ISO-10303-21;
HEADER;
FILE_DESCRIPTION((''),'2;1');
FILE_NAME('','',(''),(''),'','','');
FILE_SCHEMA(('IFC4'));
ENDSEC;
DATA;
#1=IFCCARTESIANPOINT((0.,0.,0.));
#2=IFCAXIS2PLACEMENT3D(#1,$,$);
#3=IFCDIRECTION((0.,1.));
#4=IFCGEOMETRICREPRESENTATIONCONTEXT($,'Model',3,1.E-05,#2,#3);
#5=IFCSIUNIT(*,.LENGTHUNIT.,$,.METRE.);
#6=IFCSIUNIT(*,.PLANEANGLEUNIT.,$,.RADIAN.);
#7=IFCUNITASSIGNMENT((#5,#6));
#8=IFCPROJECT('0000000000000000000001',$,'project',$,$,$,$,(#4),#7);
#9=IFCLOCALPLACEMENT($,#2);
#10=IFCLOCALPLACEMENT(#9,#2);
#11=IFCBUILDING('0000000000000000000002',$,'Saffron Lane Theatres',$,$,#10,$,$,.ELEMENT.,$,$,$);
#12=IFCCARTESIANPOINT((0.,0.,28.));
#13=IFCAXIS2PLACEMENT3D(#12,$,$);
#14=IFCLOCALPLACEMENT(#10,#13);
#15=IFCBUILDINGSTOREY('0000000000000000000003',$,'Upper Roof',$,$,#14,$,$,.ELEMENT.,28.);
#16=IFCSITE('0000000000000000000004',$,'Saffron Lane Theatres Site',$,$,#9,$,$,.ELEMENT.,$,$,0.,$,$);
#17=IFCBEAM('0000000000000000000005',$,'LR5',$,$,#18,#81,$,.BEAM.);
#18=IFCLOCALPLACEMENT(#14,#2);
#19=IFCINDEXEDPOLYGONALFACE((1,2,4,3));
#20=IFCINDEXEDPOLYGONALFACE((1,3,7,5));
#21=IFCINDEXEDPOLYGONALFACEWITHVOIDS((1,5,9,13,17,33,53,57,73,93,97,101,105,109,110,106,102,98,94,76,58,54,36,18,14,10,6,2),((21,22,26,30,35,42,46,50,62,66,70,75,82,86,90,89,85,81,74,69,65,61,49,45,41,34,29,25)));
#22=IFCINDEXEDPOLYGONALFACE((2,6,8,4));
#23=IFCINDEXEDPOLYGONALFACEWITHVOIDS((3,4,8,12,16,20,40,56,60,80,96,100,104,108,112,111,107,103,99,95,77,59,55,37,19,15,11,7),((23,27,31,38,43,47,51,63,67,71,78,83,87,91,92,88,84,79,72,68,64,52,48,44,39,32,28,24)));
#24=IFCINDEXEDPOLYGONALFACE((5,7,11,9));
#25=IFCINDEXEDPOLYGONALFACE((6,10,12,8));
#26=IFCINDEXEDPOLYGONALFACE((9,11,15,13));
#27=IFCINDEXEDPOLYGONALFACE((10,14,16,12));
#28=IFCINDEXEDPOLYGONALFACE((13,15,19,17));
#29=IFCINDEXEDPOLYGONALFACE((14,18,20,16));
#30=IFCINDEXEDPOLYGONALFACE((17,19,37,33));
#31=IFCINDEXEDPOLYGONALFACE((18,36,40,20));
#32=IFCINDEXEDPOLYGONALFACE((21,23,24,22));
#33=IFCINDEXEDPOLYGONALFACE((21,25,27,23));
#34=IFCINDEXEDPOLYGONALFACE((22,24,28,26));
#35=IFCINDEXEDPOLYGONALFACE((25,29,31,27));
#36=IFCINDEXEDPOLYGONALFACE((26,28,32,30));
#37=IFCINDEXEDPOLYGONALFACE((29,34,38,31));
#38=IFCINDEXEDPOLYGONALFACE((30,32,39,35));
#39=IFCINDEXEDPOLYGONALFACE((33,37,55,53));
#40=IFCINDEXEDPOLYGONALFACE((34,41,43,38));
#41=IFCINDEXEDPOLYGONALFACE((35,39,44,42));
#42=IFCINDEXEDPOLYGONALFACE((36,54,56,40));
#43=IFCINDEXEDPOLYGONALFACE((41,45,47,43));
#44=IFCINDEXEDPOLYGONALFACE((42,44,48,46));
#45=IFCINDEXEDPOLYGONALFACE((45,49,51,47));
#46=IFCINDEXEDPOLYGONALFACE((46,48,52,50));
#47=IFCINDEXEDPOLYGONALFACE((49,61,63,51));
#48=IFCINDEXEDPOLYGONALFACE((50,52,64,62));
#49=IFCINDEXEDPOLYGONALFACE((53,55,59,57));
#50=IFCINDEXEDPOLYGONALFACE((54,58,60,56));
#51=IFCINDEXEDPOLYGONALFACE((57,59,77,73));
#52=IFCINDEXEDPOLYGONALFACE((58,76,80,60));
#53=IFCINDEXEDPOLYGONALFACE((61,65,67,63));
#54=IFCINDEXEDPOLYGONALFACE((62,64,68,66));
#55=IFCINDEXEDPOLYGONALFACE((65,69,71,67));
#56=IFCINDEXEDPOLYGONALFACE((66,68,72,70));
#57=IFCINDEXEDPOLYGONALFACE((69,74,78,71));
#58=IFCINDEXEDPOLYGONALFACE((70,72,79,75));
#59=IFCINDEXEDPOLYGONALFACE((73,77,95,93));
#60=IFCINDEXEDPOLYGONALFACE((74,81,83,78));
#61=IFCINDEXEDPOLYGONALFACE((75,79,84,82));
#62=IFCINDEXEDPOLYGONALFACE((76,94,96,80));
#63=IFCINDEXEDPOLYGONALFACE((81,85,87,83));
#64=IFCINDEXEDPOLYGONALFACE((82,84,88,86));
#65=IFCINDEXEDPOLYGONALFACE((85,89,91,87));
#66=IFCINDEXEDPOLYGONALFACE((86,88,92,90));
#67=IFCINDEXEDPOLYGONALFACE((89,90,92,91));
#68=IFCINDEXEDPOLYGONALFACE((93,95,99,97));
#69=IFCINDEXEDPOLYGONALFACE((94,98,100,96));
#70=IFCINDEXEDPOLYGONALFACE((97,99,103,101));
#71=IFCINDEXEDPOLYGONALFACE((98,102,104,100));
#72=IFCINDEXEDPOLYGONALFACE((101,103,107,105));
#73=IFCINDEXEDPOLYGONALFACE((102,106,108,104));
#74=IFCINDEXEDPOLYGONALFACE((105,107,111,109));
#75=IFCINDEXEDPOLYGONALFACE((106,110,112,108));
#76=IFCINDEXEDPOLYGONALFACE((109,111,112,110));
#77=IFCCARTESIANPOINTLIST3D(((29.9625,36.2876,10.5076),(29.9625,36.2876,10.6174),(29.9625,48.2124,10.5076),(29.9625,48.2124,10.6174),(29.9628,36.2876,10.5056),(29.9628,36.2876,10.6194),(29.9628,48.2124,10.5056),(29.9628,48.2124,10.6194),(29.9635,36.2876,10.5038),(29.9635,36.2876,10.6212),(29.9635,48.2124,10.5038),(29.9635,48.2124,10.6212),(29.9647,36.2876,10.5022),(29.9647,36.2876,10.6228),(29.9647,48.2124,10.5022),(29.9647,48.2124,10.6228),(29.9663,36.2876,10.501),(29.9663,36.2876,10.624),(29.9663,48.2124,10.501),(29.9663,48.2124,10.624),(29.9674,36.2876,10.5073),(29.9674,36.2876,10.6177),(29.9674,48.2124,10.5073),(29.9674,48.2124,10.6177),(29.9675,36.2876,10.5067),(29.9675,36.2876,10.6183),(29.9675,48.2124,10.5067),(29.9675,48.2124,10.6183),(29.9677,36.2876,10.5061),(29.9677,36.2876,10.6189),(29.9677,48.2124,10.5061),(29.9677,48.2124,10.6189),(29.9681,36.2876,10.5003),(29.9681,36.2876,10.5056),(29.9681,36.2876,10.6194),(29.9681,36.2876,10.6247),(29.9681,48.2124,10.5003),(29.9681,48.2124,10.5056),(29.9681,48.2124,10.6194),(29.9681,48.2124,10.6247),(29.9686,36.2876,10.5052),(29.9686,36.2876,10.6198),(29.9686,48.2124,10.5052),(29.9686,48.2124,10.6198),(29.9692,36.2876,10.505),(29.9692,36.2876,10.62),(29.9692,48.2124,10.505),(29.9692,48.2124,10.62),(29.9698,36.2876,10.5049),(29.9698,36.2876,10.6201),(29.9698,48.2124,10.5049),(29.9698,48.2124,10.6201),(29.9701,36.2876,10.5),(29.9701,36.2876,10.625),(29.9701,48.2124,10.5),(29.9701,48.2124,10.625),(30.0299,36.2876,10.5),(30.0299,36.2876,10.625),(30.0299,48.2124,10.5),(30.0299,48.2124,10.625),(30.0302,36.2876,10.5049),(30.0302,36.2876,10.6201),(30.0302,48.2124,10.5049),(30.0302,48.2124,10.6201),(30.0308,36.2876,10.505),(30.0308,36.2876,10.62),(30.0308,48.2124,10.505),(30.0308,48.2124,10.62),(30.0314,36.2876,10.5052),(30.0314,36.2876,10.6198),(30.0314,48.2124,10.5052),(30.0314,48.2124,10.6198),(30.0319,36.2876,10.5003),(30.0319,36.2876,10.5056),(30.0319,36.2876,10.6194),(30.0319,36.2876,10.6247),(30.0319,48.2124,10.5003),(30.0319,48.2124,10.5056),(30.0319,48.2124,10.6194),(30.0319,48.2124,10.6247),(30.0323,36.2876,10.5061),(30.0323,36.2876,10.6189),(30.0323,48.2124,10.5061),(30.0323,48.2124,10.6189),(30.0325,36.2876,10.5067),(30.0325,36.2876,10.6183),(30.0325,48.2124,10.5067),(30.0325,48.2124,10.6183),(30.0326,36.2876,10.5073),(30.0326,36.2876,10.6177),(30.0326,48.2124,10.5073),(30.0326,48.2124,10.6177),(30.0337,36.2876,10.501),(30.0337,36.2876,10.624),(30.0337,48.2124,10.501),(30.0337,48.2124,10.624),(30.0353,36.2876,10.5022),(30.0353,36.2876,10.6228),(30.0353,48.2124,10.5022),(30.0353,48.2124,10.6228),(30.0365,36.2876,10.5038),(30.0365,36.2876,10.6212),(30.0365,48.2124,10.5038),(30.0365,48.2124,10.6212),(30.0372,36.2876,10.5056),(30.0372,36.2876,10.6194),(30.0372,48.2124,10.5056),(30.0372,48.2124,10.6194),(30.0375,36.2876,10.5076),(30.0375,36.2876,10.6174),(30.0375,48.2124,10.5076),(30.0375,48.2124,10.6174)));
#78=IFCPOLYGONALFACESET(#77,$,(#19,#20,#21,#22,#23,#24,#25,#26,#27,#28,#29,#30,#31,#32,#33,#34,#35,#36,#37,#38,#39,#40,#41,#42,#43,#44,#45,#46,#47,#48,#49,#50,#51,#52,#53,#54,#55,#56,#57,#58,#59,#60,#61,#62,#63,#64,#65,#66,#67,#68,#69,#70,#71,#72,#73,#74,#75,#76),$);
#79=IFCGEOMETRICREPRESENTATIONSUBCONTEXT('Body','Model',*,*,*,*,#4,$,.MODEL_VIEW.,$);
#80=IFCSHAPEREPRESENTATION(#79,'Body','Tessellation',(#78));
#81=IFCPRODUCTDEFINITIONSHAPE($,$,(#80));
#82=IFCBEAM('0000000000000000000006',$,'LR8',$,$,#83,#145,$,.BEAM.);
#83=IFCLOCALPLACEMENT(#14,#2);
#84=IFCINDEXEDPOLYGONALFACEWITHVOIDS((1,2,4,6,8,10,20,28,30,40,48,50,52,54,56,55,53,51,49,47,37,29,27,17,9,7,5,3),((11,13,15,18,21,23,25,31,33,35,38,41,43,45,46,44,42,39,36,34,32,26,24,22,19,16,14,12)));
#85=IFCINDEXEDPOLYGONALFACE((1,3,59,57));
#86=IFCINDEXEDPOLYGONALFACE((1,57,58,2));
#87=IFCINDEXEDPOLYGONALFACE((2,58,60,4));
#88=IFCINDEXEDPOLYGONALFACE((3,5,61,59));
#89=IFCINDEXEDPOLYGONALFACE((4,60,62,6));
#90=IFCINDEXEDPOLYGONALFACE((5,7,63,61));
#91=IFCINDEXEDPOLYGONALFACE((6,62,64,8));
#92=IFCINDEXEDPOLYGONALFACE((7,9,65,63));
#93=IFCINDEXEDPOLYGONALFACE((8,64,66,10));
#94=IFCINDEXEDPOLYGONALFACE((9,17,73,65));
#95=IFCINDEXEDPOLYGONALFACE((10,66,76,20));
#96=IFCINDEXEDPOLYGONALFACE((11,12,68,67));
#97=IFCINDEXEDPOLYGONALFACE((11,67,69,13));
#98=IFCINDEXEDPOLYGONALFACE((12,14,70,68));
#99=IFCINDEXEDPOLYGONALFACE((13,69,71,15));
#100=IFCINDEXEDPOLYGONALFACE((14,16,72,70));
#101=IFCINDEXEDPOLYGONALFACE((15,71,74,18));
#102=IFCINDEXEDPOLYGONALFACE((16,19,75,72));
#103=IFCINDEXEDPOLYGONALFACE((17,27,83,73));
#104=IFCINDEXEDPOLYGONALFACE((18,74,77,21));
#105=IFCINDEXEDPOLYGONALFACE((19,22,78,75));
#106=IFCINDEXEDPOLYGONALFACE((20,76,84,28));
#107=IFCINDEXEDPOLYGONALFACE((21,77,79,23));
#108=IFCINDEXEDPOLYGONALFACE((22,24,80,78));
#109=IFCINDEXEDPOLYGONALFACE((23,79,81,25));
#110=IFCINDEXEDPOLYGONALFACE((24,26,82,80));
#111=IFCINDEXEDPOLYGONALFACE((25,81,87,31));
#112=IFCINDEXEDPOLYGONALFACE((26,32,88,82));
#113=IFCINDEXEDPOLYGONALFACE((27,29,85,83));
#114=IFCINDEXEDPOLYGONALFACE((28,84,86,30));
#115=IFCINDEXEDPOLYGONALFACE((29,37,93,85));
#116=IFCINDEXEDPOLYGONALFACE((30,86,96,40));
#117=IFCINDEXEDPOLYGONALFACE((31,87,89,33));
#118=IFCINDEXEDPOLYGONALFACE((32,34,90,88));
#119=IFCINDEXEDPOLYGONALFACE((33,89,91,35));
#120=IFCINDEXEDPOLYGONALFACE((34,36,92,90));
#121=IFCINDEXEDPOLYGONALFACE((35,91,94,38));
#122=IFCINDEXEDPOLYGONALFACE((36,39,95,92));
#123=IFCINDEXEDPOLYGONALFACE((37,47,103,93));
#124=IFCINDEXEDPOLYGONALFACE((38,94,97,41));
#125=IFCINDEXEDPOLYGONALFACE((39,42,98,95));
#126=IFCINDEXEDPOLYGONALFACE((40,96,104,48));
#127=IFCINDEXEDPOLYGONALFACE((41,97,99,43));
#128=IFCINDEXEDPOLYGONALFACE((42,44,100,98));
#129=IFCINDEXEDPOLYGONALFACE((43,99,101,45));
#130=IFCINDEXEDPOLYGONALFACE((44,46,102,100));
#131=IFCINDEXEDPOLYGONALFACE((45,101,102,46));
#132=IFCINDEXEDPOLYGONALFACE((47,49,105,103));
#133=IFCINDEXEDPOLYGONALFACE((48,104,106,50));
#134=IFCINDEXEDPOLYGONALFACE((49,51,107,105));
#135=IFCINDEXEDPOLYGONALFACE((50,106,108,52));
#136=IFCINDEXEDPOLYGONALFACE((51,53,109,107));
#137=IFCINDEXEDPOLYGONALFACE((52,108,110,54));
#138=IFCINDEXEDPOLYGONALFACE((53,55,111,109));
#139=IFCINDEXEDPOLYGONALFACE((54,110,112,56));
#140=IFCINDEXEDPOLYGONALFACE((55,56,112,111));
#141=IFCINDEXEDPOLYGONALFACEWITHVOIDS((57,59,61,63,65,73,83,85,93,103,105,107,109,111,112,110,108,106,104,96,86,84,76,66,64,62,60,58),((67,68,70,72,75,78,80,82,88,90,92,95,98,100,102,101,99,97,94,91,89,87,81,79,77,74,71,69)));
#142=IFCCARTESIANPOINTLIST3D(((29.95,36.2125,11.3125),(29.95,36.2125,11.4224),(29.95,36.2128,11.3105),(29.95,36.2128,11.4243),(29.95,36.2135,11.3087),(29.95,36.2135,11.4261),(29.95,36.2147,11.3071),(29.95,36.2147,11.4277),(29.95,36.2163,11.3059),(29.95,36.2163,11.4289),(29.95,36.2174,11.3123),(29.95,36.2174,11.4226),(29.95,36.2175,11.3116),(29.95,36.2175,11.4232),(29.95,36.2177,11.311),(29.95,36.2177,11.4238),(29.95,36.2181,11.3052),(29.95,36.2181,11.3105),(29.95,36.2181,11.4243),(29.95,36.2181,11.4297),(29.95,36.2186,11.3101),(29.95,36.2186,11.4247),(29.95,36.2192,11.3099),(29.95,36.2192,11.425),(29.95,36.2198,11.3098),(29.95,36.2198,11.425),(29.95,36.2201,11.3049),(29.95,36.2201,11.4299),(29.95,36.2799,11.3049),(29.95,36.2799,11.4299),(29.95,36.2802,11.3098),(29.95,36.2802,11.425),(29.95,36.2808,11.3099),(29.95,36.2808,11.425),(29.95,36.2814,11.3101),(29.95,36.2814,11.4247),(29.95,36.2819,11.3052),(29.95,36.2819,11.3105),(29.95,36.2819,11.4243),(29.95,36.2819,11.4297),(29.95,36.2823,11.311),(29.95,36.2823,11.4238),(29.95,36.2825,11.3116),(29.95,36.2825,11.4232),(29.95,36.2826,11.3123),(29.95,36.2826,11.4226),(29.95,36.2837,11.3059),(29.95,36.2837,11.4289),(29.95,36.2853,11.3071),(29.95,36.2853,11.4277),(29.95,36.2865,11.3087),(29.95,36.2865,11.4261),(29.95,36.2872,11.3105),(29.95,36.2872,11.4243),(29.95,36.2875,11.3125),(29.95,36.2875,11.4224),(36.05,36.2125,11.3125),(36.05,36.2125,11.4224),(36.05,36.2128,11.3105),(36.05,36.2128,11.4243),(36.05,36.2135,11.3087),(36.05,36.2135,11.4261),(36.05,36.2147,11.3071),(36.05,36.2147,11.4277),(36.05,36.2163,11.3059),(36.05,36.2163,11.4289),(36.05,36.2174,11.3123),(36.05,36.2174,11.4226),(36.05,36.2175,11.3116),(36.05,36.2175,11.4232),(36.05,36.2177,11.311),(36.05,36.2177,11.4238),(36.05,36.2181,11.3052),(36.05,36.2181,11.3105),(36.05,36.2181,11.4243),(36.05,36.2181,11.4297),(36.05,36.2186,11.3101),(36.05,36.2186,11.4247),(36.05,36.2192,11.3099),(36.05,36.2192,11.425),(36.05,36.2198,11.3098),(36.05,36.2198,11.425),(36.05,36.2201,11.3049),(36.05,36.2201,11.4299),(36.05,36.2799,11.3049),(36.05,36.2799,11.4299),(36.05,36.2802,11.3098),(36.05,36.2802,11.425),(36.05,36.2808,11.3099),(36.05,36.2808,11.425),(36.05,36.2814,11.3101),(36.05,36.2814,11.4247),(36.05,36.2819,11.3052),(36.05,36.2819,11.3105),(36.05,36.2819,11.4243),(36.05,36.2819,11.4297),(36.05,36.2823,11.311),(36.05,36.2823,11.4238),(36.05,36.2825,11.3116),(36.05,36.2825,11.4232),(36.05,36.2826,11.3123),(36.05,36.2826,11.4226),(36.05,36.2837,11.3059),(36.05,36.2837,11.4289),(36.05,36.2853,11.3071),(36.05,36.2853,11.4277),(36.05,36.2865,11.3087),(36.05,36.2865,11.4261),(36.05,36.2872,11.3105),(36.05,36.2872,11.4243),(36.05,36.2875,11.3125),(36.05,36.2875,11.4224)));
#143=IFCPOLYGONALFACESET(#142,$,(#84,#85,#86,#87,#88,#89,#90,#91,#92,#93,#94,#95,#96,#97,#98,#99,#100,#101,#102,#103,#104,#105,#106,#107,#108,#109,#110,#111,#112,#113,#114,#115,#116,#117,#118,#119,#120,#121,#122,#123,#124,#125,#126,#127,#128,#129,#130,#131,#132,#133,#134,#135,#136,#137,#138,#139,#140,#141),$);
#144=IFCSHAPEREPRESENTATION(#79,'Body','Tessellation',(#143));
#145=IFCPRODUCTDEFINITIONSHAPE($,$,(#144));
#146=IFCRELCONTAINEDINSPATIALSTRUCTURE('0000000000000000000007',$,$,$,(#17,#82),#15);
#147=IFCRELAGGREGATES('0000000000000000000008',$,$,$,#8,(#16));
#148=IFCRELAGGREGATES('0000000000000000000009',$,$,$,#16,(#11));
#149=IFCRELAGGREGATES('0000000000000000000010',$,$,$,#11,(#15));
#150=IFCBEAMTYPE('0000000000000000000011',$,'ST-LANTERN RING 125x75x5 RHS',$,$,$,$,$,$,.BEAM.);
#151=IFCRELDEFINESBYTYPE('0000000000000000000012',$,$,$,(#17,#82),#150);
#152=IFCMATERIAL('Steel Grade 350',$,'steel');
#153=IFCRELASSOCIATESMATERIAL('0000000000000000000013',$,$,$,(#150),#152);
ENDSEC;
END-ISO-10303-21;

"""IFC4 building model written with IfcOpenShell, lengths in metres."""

from ifc_helpers import new_model, si_unit, direction, frame, origin, origin_2d, place, context, subcontext, project, spatial, hollow_rectangle, extrude, material, material_profile, profile_set, type_object, element, save


model = new_model("IFC4")

# Units and contexts
model_context = context("Model", 3, precision=1e-05, world=origin(), true_north=direction((0.0, 1.0)))
body_context = subcontext(model_context, "Body", "Model", "MODEL_VIEW")
ifc_project = project(units=[si_unit("LENGTHUNIT", "METRE"), si_unit("PLANEANGLEUNIT", "RADIAN")], contexts=[model_context])

# Site, building, storey
site_placement = place(None, origin())
site = spatial("IfcSite", under=ifc_project, at=site_placement, Name="Saffron Lane Theatres Site", CompositionType="ELEMENT", RefElevation=0.0)
building_placement = place(site_placement, origin())
building = spatial("IfcBuilding", under=site, at=building_placement, Name="Saffron Lane Theatres", CompositionType="ELEMENT")
storey_placement = place(building_placement, frame((0.0, 0.0, 28.0)))
storey = spatial("IfcBuildingStorey", under=building, at=storey_placement, Name="Upper Roof", CompositionType="ELEMENT", Elevation=28.0)

# Beams
ifc_material_1 = material(Name="Steel Grade 350", Category="steel")
ifc_material_profile_1 = material_profile(ifc_material_1, hollow_rectangle(XDim=0.075, YDim=0.125, WallThickness=0.0049, InnerFilletRadius=0.0024, OuterFilletRadius=0.0076, at=origin_2d()))
ifc_profile_set_1 = profile_set([ifc_material_profile_1], Name="Steel Grade 350")
beam_type_1 = type_object("IfcBeamType", Name="ST-LANTERN RING 125x75x5 RHS", PredefinedType="BEAM", material=ifc_profile_set_1)
for number, where, z_axis, x_axis, name in (
    (1, (30.0, 36.2876, 10.5625), (0.0, 1.0, 0.0), (-1.0, 0.0, 0.0), "LR5"),
):
    element("IfcBeam", number, at=place(storey_placement, frame(where, z_axis=z_axis, x_axis=x_axis)), inside=storey, type_object=beam_type_1, Name=name, PredefinedType="BEAM", context=body_context, shape_type="SweptSolid", body=[
        extrude(hollow_rectangle(XDim=0.075, YDim=0.125, WallThickness=0.0049, InnerFilletRadius=0.0024, OuterFilletRadius=0.0076, at=origin_2d()), origin(), (0.0, 0.0, 1.0), 11.9248),
    ])
beam_1_placement = place(storey_placement, frame((29.95, 36.25, 11.3674), z_axis=(1.0, 0.0, 0.0), x_axis=(0.0, 1.0, 0.0)))
element("IfcBeam", 2, at=beam_1_placement, inside=storey, type_object=beam_type_1, Name="LR8", PredefinedType="BEAM", context=body_context, shape_type="SweptSolid", body=[
    extrude(hollow_rectangle(XDim=0.075, YDim=0.125, WallThickness=0.0049, InnerFilletRadius=0.0024, OuterFilletRadius=0.0076, at=origin_2d()), origin(), (0.0, 0.0, 1.0), 6.1001),
])

save(model, "model.ifc")
